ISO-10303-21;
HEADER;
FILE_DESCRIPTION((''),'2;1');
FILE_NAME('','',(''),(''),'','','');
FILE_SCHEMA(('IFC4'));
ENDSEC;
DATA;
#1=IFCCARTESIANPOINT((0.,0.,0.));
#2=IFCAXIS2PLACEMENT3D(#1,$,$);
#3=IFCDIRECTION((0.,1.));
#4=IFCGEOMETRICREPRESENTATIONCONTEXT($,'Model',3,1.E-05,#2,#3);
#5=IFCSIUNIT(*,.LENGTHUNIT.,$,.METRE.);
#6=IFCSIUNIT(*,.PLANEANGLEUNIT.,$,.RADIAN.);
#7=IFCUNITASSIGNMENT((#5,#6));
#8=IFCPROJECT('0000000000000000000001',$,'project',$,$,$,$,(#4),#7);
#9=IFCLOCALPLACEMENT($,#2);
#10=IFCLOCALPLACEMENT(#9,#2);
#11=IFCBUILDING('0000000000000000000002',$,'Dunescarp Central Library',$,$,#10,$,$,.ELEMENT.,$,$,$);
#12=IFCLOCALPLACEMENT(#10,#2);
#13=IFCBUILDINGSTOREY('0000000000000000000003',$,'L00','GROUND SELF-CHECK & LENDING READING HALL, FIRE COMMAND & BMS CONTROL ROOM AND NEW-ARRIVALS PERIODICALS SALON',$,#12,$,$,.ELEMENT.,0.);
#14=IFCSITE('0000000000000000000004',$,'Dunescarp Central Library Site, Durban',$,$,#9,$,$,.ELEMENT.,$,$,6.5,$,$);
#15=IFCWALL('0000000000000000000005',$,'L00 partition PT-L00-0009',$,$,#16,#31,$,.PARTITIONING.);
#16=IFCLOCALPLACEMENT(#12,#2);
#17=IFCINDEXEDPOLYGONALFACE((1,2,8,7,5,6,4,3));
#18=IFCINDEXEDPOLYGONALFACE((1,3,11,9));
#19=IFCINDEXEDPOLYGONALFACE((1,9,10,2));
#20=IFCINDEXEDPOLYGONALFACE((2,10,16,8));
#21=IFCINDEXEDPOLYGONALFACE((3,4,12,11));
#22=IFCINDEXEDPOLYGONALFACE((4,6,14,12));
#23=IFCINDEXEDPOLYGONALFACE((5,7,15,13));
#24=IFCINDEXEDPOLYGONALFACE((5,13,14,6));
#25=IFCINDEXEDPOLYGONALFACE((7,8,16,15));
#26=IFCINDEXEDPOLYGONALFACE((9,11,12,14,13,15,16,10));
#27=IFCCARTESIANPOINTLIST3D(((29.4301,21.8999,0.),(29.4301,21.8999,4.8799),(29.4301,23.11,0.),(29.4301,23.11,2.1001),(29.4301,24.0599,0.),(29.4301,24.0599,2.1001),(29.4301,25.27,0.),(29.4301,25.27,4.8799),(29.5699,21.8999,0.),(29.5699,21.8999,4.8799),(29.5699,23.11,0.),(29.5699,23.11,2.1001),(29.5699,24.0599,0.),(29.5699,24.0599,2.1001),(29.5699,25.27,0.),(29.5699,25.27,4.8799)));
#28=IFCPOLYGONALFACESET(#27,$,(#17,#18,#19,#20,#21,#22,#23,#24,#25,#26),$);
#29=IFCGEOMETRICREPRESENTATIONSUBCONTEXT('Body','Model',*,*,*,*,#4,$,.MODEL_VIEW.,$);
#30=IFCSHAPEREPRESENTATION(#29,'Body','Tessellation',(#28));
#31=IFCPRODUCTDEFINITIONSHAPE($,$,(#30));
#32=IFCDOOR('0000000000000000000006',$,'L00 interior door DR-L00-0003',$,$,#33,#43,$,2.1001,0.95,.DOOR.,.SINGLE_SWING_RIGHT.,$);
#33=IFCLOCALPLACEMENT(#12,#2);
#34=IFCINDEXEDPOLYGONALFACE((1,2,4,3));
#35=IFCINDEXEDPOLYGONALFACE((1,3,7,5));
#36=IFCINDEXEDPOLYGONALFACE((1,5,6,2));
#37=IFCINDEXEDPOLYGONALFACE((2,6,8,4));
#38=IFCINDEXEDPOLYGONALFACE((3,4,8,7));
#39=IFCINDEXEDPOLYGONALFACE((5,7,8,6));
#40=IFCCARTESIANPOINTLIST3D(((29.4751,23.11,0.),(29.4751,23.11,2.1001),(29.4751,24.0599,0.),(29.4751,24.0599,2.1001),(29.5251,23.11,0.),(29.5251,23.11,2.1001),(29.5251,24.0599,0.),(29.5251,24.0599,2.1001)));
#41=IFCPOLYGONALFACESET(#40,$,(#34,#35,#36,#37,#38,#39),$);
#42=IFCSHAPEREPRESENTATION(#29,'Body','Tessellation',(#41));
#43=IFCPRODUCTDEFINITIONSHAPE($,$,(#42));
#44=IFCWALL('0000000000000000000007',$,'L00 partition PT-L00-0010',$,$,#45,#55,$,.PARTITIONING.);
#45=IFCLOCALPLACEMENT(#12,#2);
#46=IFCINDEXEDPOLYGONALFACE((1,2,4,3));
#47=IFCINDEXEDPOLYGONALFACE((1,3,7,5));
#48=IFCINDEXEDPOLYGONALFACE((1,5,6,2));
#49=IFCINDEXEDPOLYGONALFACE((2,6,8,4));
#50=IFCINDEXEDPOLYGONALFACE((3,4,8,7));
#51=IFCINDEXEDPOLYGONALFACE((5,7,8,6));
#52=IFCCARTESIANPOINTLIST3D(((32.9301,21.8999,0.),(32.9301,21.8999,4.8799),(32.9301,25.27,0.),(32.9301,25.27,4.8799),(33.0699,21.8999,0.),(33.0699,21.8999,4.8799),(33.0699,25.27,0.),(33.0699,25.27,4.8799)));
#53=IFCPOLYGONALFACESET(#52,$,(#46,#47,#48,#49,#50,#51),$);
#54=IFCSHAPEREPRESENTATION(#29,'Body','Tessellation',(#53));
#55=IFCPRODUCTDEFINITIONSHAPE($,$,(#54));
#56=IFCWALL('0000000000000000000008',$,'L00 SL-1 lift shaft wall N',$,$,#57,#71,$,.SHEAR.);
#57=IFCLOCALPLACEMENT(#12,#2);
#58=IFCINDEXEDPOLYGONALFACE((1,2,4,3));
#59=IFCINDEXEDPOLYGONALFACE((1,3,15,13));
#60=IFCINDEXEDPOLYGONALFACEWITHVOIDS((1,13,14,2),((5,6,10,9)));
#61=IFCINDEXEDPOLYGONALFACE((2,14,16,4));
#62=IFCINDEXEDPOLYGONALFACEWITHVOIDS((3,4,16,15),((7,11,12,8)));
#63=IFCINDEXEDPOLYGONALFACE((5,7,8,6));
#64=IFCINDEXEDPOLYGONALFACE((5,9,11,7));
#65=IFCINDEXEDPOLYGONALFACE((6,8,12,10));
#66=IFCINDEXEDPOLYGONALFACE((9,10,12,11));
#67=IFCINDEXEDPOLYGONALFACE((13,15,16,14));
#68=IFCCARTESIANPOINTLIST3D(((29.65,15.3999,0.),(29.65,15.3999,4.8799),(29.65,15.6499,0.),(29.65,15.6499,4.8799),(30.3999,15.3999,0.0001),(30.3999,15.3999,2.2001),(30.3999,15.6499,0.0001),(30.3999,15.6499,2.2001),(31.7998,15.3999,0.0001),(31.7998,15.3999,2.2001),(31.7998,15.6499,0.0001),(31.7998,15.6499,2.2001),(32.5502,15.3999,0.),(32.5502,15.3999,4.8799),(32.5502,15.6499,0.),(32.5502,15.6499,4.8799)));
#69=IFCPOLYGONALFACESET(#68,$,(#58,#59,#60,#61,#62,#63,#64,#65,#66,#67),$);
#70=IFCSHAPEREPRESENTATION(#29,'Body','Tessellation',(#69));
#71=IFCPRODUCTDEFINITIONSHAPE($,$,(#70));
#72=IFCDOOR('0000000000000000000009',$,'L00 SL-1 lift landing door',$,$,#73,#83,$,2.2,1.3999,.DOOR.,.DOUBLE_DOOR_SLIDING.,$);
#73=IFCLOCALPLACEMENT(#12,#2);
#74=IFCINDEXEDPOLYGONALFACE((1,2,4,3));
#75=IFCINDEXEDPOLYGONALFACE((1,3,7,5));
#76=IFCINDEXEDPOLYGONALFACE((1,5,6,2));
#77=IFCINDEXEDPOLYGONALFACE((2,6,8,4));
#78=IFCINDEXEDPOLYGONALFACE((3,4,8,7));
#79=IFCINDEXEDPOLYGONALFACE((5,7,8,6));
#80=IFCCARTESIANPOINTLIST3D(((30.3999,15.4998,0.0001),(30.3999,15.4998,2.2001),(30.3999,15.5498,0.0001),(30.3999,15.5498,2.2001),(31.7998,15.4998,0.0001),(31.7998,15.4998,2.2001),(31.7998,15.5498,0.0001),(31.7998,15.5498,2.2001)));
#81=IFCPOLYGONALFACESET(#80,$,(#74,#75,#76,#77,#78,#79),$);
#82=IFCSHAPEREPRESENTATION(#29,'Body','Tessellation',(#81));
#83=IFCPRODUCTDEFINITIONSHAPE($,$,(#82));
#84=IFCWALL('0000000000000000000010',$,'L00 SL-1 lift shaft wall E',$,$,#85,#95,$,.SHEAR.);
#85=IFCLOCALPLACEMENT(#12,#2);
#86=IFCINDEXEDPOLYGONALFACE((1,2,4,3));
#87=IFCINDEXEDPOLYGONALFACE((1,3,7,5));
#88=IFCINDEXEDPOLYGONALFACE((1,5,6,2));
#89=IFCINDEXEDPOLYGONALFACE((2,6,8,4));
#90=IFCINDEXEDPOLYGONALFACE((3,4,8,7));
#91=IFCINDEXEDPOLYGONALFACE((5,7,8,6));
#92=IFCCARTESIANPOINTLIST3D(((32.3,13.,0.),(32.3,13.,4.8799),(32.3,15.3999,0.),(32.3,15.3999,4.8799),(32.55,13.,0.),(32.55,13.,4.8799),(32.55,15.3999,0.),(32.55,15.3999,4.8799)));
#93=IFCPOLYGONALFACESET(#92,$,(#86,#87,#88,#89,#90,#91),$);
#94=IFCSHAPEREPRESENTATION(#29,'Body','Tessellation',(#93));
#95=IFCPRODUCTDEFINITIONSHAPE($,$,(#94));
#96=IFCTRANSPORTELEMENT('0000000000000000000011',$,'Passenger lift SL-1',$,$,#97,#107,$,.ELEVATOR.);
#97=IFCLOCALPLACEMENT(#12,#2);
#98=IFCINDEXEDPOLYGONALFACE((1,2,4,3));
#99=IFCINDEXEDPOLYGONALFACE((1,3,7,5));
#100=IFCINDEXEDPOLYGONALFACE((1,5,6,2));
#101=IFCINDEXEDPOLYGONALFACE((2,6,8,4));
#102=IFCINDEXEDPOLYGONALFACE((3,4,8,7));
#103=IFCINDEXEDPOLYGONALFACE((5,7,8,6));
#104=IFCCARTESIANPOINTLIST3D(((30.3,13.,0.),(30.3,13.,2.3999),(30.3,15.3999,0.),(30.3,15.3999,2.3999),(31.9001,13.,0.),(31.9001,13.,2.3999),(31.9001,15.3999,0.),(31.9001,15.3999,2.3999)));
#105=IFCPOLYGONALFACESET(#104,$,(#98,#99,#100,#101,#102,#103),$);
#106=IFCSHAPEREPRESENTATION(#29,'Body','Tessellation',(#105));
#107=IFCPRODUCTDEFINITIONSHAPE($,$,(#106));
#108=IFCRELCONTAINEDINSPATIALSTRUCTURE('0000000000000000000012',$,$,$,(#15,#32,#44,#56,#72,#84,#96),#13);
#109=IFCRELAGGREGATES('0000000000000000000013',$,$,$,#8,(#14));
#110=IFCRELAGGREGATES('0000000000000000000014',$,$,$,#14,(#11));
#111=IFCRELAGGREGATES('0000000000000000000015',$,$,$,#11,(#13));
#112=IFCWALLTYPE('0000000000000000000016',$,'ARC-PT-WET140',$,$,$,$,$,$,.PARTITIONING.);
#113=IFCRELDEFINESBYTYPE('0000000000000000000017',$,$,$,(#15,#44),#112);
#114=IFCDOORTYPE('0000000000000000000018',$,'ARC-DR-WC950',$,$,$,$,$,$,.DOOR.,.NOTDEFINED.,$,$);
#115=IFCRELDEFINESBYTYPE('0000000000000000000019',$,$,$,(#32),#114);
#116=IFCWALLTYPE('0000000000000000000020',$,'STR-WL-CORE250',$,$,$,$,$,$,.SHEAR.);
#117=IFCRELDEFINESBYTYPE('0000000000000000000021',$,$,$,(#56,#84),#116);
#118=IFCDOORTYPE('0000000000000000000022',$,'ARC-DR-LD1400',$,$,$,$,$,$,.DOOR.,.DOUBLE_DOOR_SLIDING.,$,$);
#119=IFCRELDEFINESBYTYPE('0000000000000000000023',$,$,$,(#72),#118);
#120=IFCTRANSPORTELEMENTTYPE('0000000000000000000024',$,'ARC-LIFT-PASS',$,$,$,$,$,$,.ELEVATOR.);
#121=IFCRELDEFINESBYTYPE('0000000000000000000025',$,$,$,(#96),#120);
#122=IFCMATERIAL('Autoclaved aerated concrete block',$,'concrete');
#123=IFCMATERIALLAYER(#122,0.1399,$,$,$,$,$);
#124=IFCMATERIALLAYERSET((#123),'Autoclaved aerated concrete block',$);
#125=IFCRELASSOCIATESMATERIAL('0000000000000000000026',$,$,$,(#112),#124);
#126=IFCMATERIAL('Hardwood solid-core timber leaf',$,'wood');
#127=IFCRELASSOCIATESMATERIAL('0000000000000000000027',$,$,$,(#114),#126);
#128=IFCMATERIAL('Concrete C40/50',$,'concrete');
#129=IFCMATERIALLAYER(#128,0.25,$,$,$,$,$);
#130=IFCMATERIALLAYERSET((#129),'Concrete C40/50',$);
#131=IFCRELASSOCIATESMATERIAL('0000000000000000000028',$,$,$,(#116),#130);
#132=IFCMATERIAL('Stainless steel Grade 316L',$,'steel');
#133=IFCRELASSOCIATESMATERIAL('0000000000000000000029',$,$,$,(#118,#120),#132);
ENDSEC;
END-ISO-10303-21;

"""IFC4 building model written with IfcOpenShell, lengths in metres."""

from ifc_helpers import new_model, si_unit, direction, frame, frame_2d, origin, origin_2d, place, context, subcontext, project, spatial, rectangle, extrude, material, layer, layer_set, type_object, element, fill, save


model = new_model("IFC4")

# Units and contexts
model_context = context("Model", 3, precision=1e-05, world=origin(), true_north=direction((0.0, 1.0)))
body_context = subcontext(model_context, "Body", "Model", "MODEL_VIEW")
ifc_project = project(units=[si_unit("LENGTHUNIT", "METRE"), si_unit("PLANEANGLEUNIT", "RADIAN")], contexts=[model_context])

# Site, building, storey
site_placement = place(None, origin())
site = spatial("IfcSite", under=ifc_project, at=site_placement, Name="Dunescarp Central Library Site, Durban", CompositionType="ELEMENT", RefElevation=6.5)
building_placement = place(site_placement, origin())
building = spatial("IfcBuilding", under=site, at=building_placement, Name="Dunescarp Central Library", CompositionType="ELEMENT")
storey_placement = place(building_placement, origin())
storey = spatial("IfcBuildingStorey", under=building, at=storey_placement, Name="L00", Description="GROUND SELF-CHECK & LENDING READING HALL, FIRE COMMAND & BMS CONTROL ROOM AND NEW-ARRIVALS PERIODICALS SALON", CompositionType="ELEMENT", Elevation=0.0)

# Shared definitions
ifc_material_1 = material(Name="Concrete C40/50", Category="concrete")

# Shared definitions
ifc_material_2 = material(Name="Autoclaved aerated concrete block", Category="concrete")
ifc_layer_1 = layer(ifc_material_2, 0.1399)
ifc_layer_set_1 = layer_set([ifc_layer_1], Name="Autoclaved aerated concrete block")
wall_type_1 = type_object("IfcWallType", Name="ARC-PT-WET140", PredefinedType="PARTITIONING", material=ifc_layer_set_1)

# Shared definitions
ifc_material_3 = material(Name="Hardwood solid-core timber leaf", Category="wood")
door_type_1 = type_object("IfcDoorType", Name="ARC-DR-WC950", OperationType="NOTDEFINED", PredefinedType="DOOR", material=ifc_material_3)

# Wall, opening, door
wall_1_placement = place(storey_placement, frame((29.5, 21.8999, 0.0), z_axis=(0.0, 0.0, 1.0), x_axis=(0.0, 1.0, 0.0)))
wall_1 = element("IfcWall", 1, at=wall_1_placement, inside=storey, type_object=wall_type_1, Name="L00 partition PT-L00-0009", PredefinedType="PARTITIONING", context=body_context, shape_type="SweptSolid", body=[
    extrude(rectangle(XDim=3.3701, YDim=0.1399, at=frame_2d((1.6851, 0.0))), origin(), (0.0, 0.0, 1.0), 4.8799),
])
opening_1_placement = place(wall_1_placement, frame((1.21, 0.0, 0.0)))
opening_1 = element("IfcOpeningElement", 2, at=opening_1_placement, cuts=wall_1, PredefinedType="OPENING", context=body_context, shape_type="SweptSolid", body=[
    extrude(rectangle(XDim=0.95, YDim=2.1001, at=frame_2d((0.4751, 1.05))), frame((0.0, 0.0801, 0.0), z_axis=(0.0, -1.0, 0.0), x_axis=(1.0, 0.0, 0.0)), (0.0, 0.0, 1.0), 0.1599),
])
door_1_placement = place(opening_1_placement, origin())
door_1 = element("IfcDoor", 3, at=door_1_placement, inside=storey, type_object=door_type_1, Name="L00 interior door DR-L00-0003", OperationType="SINGLE_SWING_RIGHT", OverallHeight=2.1001, OverallWidth=0.95, PredefinedType="DOOR", context=body_context, shape_type="SweptSolid", body=[
    extrude(rectangle(XDim=0.95, YDim=2.1001, at=frame_2d((0.4751, 1.05))), frame((0.0, 0.0249, 0.0), z_axis=(0.0, -1.0, 0.0), x_axis=(1.0, 0.0, 0.0)), (0.0, 0.0, 1.0), 0.05),
])
fill(opening_1, door_1)

# Wall
wall_2_placement = place(storey_placement, frame((33.0, 21.8999, 0.0), z_axis=(0.0, 0.0, 1.0), x_axis=(0.0, 1.0, 0.0)))
element("IfcWall", 4, at=wall_2_placement, inside=storey, type_object=wall_type_1, Name="L00 partition PT-L00-0010", PredefinedType="PARTITIONING", context=body_context, shape_type="SweptSolid", body=[
    extrude(rectangle(XDim=3.3701, YDim=0.1399, at=frame_2d((1.6851, 0.0))), origin(), (0.0, 0.0, 1.0), 4.8799),
])

# Wall, opening, door
ifc_layer_2 = layer(ifc_material_1, 0.25)
ifc_layer_set_2 = layer_set([ifc_layer_2], Name="Concrete C40/50")
wall_type_2 = type_object("IfcWallType", Name="STR-WL-CORE250", PredefinedType="SHEAR", material=ifc_layer_set_2)
wall_3_placement = place(storey_placement, frame((29.6499, 15.5249, 0.0), z_axis=(0.0, 0.0, 1.0), x_axis=(1.0, 0.0, 0.0)))
wall_3 = element("IfcWall", 5, at=wall_3_placement, inside=storey, type_object=wall_type_2, Name="L00 SL-1 lift shaft wall N", PredefinedType="SHEAR", context=body_context, shape_type="SweptSolid", body=[
    extrude(rectangle(XDim=2.9001, YDim=0.25, at=frame_2d((1.4502, 0.0))), origin(), (0.0, 0.0, 1.0), 4.8799),
])
opening_2_placement = place(wall_3_placement, frame((0.75, 0.0, 0.0)))
opening_2 = element("IfcOpeningElement", 6, at=opening_2_placement, cuts=wall_3, PredefinedType="OPENING", context=body_context, shape_type="SweptSolid", body=[
    extrude(rectangle(XDim=1.3999, YDim=2.2, at=frame_2d((0.7, 1.1001))), frame((0.0, 0.135, 0.0), z_axis=(0.0, -1.0, 0.0), x_axis=(1.0, 0.0, 0.0)), (0.0, 0.0, 1.0), 0.27),
])
ifc_material_4 = material(Name="Stainless steel Grade 316L", Category="steel")
door_type_2 = type_object("IfcDoorType", Name="ARC-DR-LD1400", OperationType="DOUBLE_DOOR_SLIDING", PredefinedType="DOOR", material=ifc_material_4)
door_2_placement = place(opening_2_placement, origin())
door_2 = element("IfcDoor", 7, at=door_2_placement, inside=storey, type_object=door_type_2, Name="L00 SL-1 lift landing door", OperationType="DOUBLE_DOOR_SLIDING", OverallHeight=2.2, OverallWidth=1.3999, PredefinedType="DOOR", context=body_context, shape_type="SweptSolid", body=[
    extrude(rectangle(XDim=1.3999, YDim=2.2, at=frame_2d((0.7, 1.1001))), frame((0.0, 0.0249, 0.0), z_axis=(0.0, -1.0, 0.0), x_axis=(1.0, 0.0, 0.0)), (0.0, 0.0, 1.0), 0.05),
])
fill(opening_2, door_2)

# Wall
wall_4_placement = place(storey_placement, frame((32.425, 15.3999, 0.0), z_axis=(0.0, 0.0, 1.0), x_axis=(0.0, -1.0, 0.0)))
element("IfcWall", 8, at=wall_4_placement, inside=storey, type_object=wall_type_2, Name="L00 SL-1 lift shaft wall E", PredefinedType="SHEAR", context=body_context, shape_type="SweptSolid", body=[
    extrude(rectangle(XDim=2.3999, YDim=0.25, at=frame_2d((1.2, 0.0))), origin(), (0.0, 0.0, 1.0), 4.8799),
])

# Transport element
transport_element_type = type_object("IfcTransportElementType", Name="ARC-LIFT-PASS", PredefinedType="ELEVATOR", material=ifc_material_4)
transport_element_placement = place(storey_placement, frame((31.1001, 14.2, 0.0), z_axis=(0.0, 0.0, 1.0), x_axis=(1.0, 0.0, 0.0)))
element("IfcTransportElement", 9, at=transport_element_placement, inside=storey, type_object=transport_element_type, Name="Passenger lift SL-1", PredefinedType="ELEVATOR", context=body_context, shape_type="SweptSolid", body=[
    extrude(rectangle(XDim=1.6001, YDim=2.3999, at=origin_2d()), origin(), (0.0, 0.0, 1.0), 2.3999),
])

save(model, "model.ifc")
